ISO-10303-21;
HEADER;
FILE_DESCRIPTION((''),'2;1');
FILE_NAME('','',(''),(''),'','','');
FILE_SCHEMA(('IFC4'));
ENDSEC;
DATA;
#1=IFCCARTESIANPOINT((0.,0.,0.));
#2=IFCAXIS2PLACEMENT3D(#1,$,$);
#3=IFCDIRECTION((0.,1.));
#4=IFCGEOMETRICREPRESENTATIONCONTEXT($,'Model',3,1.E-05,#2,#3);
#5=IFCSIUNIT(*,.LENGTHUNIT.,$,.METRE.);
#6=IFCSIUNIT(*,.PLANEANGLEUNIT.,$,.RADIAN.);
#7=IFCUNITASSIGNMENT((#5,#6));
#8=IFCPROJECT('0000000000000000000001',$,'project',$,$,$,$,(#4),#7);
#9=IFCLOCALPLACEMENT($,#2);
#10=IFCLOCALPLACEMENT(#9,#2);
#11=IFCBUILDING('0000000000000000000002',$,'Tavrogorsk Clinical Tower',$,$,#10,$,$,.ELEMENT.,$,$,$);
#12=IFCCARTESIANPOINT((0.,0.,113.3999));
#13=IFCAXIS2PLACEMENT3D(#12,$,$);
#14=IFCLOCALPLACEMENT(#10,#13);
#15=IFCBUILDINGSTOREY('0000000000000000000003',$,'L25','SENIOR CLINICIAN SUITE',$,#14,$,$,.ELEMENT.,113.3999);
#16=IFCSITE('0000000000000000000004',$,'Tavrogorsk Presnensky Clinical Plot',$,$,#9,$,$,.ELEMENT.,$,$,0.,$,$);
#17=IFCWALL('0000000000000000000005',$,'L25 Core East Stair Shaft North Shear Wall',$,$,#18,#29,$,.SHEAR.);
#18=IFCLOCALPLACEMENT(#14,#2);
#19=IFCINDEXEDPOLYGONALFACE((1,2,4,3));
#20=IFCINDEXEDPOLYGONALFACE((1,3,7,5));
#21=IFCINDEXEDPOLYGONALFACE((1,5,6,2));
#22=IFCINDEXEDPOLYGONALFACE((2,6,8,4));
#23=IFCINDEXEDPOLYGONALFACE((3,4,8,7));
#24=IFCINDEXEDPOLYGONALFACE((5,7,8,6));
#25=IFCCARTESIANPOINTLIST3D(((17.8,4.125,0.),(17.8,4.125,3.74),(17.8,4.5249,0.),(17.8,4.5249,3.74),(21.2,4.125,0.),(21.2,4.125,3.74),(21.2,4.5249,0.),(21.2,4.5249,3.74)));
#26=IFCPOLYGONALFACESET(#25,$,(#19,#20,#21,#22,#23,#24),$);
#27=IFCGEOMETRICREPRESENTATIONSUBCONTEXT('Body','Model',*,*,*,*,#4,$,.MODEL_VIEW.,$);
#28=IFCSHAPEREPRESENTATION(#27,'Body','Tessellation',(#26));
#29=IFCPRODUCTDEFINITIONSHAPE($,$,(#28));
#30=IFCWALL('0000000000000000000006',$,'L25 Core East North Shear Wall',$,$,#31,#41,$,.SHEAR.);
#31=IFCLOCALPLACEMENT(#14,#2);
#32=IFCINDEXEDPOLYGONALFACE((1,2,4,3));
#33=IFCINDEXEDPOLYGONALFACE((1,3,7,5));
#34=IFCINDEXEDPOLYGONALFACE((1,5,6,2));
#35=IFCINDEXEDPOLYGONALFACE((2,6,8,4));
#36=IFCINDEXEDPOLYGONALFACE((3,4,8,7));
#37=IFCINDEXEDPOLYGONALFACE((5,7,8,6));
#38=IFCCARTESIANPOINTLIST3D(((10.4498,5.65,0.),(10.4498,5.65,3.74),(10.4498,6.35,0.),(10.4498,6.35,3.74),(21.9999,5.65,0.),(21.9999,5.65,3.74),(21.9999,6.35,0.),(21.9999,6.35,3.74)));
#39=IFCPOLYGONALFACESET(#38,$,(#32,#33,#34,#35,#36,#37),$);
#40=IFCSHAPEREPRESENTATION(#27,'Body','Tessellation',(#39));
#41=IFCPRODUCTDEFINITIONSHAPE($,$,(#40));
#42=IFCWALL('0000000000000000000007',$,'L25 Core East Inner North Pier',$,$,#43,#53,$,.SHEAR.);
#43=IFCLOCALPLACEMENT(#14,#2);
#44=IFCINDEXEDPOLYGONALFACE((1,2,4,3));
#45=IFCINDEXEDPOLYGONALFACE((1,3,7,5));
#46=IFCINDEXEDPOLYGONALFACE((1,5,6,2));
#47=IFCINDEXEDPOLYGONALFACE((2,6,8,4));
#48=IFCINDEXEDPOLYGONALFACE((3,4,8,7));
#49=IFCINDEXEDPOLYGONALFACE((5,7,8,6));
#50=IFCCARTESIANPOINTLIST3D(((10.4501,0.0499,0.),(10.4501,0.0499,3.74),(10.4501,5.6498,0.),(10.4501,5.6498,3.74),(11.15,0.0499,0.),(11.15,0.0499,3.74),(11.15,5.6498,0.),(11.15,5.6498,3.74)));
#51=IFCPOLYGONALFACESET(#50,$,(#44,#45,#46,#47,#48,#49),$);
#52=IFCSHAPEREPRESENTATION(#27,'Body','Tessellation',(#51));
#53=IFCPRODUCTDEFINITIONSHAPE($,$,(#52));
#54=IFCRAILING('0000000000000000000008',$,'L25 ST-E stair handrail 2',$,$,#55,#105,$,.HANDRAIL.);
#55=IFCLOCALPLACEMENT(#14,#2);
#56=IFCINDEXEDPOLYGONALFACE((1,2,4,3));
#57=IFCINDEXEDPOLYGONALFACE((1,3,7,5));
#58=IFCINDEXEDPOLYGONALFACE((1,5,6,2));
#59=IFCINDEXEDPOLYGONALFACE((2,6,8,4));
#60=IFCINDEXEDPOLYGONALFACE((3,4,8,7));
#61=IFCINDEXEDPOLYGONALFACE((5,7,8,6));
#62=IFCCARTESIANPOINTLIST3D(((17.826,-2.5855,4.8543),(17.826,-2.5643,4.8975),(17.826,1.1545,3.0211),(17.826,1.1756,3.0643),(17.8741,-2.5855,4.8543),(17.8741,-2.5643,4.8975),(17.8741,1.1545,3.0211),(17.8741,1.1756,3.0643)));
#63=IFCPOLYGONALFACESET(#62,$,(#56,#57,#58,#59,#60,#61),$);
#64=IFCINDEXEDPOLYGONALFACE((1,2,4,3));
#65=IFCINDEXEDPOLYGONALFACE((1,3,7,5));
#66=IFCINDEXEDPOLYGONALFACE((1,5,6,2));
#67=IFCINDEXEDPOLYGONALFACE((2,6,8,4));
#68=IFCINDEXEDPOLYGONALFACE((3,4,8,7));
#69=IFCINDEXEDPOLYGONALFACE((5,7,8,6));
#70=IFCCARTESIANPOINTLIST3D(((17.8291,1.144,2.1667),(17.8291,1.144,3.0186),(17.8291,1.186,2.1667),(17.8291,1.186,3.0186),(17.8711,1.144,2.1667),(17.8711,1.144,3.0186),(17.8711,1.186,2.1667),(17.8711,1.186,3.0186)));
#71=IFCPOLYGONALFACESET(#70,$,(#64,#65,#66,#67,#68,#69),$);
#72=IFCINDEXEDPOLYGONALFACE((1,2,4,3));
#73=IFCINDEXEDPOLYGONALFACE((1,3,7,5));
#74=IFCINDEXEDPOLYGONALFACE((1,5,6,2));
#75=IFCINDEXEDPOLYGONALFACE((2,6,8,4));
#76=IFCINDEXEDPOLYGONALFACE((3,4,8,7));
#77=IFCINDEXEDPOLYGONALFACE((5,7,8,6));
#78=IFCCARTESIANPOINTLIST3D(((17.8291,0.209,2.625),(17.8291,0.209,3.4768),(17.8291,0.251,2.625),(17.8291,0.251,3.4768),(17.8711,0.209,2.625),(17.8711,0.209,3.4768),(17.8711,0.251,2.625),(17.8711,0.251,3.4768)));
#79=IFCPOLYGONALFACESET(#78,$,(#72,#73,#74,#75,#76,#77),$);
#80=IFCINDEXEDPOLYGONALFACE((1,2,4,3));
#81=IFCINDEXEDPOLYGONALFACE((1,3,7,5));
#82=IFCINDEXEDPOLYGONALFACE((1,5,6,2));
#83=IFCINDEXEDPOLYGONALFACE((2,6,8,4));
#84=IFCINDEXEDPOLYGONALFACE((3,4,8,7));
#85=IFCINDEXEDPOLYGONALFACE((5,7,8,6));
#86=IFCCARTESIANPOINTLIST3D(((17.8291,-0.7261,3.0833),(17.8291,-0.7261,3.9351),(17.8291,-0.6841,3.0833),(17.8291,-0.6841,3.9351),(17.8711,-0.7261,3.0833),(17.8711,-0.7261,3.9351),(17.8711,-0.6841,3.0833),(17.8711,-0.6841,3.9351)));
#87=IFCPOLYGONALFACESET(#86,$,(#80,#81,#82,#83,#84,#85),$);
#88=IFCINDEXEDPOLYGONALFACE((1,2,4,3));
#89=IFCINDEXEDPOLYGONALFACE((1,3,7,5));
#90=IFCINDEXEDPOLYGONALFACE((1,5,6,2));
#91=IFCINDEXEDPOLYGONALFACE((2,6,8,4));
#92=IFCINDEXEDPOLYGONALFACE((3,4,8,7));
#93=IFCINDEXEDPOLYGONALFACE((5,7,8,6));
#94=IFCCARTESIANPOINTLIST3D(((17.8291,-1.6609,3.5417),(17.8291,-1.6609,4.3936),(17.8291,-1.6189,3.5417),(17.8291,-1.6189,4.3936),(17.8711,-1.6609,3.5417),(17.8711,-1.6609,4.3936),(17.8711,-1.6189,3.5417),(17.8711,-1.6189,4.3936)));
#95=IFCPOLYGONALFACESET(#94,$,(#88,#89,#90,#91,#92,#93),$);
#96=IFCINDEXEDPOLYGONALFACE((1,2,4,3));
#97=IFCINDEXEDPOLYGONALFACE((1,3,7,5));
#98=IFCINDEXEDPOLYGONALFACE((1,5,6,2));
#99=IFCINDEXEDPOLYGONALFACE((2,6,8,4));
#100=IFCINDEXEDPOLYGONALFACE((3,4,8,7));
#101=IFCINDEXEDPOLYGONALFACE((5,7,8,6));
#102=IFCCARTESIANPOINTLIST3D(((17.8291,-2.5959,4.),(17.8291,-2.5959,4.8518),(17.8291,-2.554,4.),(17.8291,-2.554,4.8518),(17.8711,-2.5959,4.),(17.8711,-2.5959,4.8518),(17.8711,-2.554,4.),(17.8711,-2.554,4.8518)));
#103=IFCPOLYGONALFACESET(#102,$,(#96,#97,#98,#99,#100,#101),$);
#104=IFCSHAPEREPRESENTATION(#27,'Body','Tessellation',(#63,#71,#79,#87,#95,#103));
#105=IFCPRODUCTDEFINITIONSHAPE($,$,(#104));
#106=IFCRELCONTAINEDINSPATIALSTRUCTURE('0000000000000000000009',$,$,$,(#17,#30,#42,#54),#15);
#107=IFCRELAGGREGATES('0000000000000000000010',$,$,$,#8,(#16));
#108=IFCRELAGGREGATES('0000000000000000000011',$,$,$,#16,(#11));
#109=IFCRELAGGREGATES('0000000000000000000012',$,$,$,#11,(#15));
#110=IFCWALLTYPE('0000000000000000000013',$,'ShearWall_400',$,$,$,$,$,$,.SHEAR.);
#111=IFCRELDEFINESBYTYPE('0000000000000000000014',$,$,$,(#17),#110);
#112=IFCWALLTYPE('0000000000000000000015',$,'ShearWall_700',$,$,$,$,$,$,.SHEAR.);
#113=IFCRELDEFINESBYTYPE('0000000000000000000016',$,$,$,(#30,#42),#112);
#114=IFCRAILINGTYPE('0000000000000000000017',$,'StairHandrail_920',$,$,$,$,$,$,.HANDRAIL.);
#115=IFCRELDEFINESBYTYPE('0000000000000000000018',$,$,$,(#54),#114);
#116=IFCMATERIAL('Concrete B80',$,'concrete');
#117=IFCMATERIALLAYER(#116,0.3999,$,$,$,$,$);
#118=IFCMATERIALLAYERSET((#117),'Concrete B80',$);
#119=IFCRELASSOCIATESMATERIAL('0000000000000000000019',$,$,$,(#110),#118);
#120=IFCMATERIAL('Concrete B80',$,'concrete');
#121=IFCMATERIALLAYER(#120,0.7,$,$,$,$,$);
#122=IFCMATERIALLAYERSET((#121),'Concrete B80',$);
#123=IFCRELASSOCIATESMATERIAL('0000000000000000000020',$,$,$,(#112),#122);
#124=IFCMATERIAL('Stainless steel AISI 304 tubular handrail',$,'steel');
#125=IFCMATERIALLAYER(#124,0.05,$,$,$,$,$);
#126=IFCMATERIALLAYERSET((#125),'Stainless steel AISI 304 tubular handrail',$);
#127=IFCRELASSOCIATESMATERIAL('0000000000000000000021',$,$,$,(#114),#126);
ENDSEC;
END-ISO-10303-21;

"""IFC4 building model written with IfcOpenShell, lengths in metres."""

from ifc_helpers import new_model, si_unit, direction, frame, frame_2d, origin, origin_2d, place, context, subcontext, project, spatial, rectangle, extrude, material, layer, layer_set, type_object, element, save


model = new_model("IFC4")

# Units and contexts
model_context = context("Model", 3, precision=1e-05, world=origin(), true_north=direction((0.0, 1.0)))
body_context = subcontext(model_context, "Body", "Model", "MODEL_VIEW")
ifc_project = project(units=[si_unit("LENGTHUNIT", "METRE"), si_unit("PLANEANGLEUNIT", "RADIAN")], contexts=[model_context])

# Site, building, storey
site_placement = place(None, origin())
site = spatial("IfcSite", under=ifc_project, at=site_placement, Name="Tavrogorsk Presnensky Clinical Plot", CompositionType="ELEMENT", RefElevation=0.0)
building_placement = place(site_placement, origin())
building = spatial("IfcBuilding", under=site, at=building_placement, Name="Tavrogorsk Clinical Tower", CompositionType="ELEMENT")
storey_placement = place(building_placement, frame((0.0, 0.0, 113.3999)))
storey = spatial("IfcBuildingStorey", under=building, at=storey_placement, Name="L25", Description="SENIOR CLINICIAN SUITE", CompositionType="ELEMENT", Elevation=113.3999)

# Walls
ifc_material_1 = material(Name="Concrete B80", Category="concrete")
ifc_layer_1 = layer(ifc_material_1, 0.3999)
ifc_layer_set_1 = layer_set([ifc_layer_1], Name="Concrete B80")
wall_type_1 = type_object("IfcWallType", Name="ShearWall_400", PredefinedType="SHEAR", material=ifc_layer_set_1)
wall_1_placement = place(storey_placement, frame((17.8, 4.325, 0.0), z_axis=(0.0, 0.0, 1.0), x_axis=(1.0, 0.0, 0.0)))
element("IfcWall", 1, at=wall_1_placement, inside=storey, type_object=wall_type_1, Name="L25 Core East Stair Shaft North Shear Wall", PredefinedType="SHEAR", context=body_context, shape_type="SweptSolid", body=[
    extrude(rectangle(XDim=3.3999, YDim=0.3999, at=frame_2d((1.7, 0.0))), origin(), (0.0, 0.0, 1.0), 3.74),
])
ifc_material_2 = material(Name="Concrete B80", Category="concrete")
ifc_layer_2 = layer(ifc_material_2, 0.7)
ifc_layer_set_2 = layer_set([ifc_layer_2], Name="Concrete B80")
wall_type_2 = type_object("IfcWallType", Name="ShearWall_700", PredefinedType="SHEAR", material=ifc_layer_set_2)
wall_2_placement = place(storey_placement, frame((10.45, 6.0, 0.0), z_axis=(0.0, 0.0, 1.0), x_axis=(1.0, 0.0, 0.0)))
element("IfcWall", 2, at=wall_2_placement, inside=storey, type_object=wall_type_2, Name="L25 Core East North Shear Wall", PredefinedType="SHEAR", context=body_context, shape_type="SweptSolid", body=[
    extrude(rectangle(XDim=11.55, YDim=0.7, at=frame_2d((5.7749, 0.0))), origin(), (0.0, 0.0, 1.0), 3.74),
])
wall_3_placement = place(storey_placement, frame((10.8, 0.05, 0.0), z_axis=(0.0, 0.0, 1.0), x_axis=(0.0, 1.0, 0.0)))
element("IfcWall", 3, at=wall_3_placement, inside=storey, type_object=wall_type_2, Name="L25 Core East Inner North Pier", PredefinedType="SHEAR", context=body_context, shape_type="SweptSolid", body=[
    extrude(rectangle(XDim=5.5999, YDim=0.7, at=frame_2d((2.7998, 0.0))), origin(), (0.0, 0.0, 1.0), 3.74),
])

# Railing
ifc_material_3 = material(Name="Stainless steel AISI 304 tubular handrail", Category="steel")
ifc_layer_3 = layer(ifc_material_3, 0.05)
ifc_layer_set_3 = layer_set([ifc_layer_3], Name="Stainless steel AISI 304 tubular handrail")
railing_type = type_object("IfcRailingType", Name="StairHandrail_920", PredefinedType="HANDRAIL", material=ifc_layer_set_3)
railing_placement = place(storey_placement, frame((17.8501, 1.165, 2.1667)))
element("IfcRailing", 4, at=railing_placement, inside=storey, type_object=railing_type, Name="L25 ST-E stair handrail 2", PredefinedType="HANDRAIL", context=body_context, shape_type="SweptSolid", body=[
    extrude(rectangle(XDim=0.0481, YDim=0.0481, at=origin_2d()), frame((0.0, 0.0, 0.876), z_axis=(0.0, -0.897928, 0.440142), x_axis=(1.0, 0.0, 0.0)), (0.0, 0.0, 1.0), 4.165),
    extrude(rectangle(XDim=0.042, YDim=0.042, at=origin_2d()), origin(), (0.0, 0.0, 1.0), 0.8518),
    extrude(rectangle(XDim=0.042, YDim=0.042, at=origin_2d()), frame((0.0, -0.9351, 0.4583)), (0.0, 0.0, 1.0), 0.8518),
    extrude(rectangle(XDim=0.042, YDim=0.042, at=origin_2d()), frame((0.0, -1.8701, 0.9165)), (0.0, 0.0, 1.0), 0.8518),
    extrude(rectangle(XDim=0.042, YDim=0.042, at=origin_2d()), frame((0.0, -2.8049, 1.375)), (0.0, 0.0, 1.0), 0.8518),
    extrude(rectangle(XDim=0.042, YDim=0.042, at=origin_2d()), frame((0.0, -3.74, 1.8333)), (0.0, 0.0, 1.0), 0.8518),
])

save(model, "model.ifc")
